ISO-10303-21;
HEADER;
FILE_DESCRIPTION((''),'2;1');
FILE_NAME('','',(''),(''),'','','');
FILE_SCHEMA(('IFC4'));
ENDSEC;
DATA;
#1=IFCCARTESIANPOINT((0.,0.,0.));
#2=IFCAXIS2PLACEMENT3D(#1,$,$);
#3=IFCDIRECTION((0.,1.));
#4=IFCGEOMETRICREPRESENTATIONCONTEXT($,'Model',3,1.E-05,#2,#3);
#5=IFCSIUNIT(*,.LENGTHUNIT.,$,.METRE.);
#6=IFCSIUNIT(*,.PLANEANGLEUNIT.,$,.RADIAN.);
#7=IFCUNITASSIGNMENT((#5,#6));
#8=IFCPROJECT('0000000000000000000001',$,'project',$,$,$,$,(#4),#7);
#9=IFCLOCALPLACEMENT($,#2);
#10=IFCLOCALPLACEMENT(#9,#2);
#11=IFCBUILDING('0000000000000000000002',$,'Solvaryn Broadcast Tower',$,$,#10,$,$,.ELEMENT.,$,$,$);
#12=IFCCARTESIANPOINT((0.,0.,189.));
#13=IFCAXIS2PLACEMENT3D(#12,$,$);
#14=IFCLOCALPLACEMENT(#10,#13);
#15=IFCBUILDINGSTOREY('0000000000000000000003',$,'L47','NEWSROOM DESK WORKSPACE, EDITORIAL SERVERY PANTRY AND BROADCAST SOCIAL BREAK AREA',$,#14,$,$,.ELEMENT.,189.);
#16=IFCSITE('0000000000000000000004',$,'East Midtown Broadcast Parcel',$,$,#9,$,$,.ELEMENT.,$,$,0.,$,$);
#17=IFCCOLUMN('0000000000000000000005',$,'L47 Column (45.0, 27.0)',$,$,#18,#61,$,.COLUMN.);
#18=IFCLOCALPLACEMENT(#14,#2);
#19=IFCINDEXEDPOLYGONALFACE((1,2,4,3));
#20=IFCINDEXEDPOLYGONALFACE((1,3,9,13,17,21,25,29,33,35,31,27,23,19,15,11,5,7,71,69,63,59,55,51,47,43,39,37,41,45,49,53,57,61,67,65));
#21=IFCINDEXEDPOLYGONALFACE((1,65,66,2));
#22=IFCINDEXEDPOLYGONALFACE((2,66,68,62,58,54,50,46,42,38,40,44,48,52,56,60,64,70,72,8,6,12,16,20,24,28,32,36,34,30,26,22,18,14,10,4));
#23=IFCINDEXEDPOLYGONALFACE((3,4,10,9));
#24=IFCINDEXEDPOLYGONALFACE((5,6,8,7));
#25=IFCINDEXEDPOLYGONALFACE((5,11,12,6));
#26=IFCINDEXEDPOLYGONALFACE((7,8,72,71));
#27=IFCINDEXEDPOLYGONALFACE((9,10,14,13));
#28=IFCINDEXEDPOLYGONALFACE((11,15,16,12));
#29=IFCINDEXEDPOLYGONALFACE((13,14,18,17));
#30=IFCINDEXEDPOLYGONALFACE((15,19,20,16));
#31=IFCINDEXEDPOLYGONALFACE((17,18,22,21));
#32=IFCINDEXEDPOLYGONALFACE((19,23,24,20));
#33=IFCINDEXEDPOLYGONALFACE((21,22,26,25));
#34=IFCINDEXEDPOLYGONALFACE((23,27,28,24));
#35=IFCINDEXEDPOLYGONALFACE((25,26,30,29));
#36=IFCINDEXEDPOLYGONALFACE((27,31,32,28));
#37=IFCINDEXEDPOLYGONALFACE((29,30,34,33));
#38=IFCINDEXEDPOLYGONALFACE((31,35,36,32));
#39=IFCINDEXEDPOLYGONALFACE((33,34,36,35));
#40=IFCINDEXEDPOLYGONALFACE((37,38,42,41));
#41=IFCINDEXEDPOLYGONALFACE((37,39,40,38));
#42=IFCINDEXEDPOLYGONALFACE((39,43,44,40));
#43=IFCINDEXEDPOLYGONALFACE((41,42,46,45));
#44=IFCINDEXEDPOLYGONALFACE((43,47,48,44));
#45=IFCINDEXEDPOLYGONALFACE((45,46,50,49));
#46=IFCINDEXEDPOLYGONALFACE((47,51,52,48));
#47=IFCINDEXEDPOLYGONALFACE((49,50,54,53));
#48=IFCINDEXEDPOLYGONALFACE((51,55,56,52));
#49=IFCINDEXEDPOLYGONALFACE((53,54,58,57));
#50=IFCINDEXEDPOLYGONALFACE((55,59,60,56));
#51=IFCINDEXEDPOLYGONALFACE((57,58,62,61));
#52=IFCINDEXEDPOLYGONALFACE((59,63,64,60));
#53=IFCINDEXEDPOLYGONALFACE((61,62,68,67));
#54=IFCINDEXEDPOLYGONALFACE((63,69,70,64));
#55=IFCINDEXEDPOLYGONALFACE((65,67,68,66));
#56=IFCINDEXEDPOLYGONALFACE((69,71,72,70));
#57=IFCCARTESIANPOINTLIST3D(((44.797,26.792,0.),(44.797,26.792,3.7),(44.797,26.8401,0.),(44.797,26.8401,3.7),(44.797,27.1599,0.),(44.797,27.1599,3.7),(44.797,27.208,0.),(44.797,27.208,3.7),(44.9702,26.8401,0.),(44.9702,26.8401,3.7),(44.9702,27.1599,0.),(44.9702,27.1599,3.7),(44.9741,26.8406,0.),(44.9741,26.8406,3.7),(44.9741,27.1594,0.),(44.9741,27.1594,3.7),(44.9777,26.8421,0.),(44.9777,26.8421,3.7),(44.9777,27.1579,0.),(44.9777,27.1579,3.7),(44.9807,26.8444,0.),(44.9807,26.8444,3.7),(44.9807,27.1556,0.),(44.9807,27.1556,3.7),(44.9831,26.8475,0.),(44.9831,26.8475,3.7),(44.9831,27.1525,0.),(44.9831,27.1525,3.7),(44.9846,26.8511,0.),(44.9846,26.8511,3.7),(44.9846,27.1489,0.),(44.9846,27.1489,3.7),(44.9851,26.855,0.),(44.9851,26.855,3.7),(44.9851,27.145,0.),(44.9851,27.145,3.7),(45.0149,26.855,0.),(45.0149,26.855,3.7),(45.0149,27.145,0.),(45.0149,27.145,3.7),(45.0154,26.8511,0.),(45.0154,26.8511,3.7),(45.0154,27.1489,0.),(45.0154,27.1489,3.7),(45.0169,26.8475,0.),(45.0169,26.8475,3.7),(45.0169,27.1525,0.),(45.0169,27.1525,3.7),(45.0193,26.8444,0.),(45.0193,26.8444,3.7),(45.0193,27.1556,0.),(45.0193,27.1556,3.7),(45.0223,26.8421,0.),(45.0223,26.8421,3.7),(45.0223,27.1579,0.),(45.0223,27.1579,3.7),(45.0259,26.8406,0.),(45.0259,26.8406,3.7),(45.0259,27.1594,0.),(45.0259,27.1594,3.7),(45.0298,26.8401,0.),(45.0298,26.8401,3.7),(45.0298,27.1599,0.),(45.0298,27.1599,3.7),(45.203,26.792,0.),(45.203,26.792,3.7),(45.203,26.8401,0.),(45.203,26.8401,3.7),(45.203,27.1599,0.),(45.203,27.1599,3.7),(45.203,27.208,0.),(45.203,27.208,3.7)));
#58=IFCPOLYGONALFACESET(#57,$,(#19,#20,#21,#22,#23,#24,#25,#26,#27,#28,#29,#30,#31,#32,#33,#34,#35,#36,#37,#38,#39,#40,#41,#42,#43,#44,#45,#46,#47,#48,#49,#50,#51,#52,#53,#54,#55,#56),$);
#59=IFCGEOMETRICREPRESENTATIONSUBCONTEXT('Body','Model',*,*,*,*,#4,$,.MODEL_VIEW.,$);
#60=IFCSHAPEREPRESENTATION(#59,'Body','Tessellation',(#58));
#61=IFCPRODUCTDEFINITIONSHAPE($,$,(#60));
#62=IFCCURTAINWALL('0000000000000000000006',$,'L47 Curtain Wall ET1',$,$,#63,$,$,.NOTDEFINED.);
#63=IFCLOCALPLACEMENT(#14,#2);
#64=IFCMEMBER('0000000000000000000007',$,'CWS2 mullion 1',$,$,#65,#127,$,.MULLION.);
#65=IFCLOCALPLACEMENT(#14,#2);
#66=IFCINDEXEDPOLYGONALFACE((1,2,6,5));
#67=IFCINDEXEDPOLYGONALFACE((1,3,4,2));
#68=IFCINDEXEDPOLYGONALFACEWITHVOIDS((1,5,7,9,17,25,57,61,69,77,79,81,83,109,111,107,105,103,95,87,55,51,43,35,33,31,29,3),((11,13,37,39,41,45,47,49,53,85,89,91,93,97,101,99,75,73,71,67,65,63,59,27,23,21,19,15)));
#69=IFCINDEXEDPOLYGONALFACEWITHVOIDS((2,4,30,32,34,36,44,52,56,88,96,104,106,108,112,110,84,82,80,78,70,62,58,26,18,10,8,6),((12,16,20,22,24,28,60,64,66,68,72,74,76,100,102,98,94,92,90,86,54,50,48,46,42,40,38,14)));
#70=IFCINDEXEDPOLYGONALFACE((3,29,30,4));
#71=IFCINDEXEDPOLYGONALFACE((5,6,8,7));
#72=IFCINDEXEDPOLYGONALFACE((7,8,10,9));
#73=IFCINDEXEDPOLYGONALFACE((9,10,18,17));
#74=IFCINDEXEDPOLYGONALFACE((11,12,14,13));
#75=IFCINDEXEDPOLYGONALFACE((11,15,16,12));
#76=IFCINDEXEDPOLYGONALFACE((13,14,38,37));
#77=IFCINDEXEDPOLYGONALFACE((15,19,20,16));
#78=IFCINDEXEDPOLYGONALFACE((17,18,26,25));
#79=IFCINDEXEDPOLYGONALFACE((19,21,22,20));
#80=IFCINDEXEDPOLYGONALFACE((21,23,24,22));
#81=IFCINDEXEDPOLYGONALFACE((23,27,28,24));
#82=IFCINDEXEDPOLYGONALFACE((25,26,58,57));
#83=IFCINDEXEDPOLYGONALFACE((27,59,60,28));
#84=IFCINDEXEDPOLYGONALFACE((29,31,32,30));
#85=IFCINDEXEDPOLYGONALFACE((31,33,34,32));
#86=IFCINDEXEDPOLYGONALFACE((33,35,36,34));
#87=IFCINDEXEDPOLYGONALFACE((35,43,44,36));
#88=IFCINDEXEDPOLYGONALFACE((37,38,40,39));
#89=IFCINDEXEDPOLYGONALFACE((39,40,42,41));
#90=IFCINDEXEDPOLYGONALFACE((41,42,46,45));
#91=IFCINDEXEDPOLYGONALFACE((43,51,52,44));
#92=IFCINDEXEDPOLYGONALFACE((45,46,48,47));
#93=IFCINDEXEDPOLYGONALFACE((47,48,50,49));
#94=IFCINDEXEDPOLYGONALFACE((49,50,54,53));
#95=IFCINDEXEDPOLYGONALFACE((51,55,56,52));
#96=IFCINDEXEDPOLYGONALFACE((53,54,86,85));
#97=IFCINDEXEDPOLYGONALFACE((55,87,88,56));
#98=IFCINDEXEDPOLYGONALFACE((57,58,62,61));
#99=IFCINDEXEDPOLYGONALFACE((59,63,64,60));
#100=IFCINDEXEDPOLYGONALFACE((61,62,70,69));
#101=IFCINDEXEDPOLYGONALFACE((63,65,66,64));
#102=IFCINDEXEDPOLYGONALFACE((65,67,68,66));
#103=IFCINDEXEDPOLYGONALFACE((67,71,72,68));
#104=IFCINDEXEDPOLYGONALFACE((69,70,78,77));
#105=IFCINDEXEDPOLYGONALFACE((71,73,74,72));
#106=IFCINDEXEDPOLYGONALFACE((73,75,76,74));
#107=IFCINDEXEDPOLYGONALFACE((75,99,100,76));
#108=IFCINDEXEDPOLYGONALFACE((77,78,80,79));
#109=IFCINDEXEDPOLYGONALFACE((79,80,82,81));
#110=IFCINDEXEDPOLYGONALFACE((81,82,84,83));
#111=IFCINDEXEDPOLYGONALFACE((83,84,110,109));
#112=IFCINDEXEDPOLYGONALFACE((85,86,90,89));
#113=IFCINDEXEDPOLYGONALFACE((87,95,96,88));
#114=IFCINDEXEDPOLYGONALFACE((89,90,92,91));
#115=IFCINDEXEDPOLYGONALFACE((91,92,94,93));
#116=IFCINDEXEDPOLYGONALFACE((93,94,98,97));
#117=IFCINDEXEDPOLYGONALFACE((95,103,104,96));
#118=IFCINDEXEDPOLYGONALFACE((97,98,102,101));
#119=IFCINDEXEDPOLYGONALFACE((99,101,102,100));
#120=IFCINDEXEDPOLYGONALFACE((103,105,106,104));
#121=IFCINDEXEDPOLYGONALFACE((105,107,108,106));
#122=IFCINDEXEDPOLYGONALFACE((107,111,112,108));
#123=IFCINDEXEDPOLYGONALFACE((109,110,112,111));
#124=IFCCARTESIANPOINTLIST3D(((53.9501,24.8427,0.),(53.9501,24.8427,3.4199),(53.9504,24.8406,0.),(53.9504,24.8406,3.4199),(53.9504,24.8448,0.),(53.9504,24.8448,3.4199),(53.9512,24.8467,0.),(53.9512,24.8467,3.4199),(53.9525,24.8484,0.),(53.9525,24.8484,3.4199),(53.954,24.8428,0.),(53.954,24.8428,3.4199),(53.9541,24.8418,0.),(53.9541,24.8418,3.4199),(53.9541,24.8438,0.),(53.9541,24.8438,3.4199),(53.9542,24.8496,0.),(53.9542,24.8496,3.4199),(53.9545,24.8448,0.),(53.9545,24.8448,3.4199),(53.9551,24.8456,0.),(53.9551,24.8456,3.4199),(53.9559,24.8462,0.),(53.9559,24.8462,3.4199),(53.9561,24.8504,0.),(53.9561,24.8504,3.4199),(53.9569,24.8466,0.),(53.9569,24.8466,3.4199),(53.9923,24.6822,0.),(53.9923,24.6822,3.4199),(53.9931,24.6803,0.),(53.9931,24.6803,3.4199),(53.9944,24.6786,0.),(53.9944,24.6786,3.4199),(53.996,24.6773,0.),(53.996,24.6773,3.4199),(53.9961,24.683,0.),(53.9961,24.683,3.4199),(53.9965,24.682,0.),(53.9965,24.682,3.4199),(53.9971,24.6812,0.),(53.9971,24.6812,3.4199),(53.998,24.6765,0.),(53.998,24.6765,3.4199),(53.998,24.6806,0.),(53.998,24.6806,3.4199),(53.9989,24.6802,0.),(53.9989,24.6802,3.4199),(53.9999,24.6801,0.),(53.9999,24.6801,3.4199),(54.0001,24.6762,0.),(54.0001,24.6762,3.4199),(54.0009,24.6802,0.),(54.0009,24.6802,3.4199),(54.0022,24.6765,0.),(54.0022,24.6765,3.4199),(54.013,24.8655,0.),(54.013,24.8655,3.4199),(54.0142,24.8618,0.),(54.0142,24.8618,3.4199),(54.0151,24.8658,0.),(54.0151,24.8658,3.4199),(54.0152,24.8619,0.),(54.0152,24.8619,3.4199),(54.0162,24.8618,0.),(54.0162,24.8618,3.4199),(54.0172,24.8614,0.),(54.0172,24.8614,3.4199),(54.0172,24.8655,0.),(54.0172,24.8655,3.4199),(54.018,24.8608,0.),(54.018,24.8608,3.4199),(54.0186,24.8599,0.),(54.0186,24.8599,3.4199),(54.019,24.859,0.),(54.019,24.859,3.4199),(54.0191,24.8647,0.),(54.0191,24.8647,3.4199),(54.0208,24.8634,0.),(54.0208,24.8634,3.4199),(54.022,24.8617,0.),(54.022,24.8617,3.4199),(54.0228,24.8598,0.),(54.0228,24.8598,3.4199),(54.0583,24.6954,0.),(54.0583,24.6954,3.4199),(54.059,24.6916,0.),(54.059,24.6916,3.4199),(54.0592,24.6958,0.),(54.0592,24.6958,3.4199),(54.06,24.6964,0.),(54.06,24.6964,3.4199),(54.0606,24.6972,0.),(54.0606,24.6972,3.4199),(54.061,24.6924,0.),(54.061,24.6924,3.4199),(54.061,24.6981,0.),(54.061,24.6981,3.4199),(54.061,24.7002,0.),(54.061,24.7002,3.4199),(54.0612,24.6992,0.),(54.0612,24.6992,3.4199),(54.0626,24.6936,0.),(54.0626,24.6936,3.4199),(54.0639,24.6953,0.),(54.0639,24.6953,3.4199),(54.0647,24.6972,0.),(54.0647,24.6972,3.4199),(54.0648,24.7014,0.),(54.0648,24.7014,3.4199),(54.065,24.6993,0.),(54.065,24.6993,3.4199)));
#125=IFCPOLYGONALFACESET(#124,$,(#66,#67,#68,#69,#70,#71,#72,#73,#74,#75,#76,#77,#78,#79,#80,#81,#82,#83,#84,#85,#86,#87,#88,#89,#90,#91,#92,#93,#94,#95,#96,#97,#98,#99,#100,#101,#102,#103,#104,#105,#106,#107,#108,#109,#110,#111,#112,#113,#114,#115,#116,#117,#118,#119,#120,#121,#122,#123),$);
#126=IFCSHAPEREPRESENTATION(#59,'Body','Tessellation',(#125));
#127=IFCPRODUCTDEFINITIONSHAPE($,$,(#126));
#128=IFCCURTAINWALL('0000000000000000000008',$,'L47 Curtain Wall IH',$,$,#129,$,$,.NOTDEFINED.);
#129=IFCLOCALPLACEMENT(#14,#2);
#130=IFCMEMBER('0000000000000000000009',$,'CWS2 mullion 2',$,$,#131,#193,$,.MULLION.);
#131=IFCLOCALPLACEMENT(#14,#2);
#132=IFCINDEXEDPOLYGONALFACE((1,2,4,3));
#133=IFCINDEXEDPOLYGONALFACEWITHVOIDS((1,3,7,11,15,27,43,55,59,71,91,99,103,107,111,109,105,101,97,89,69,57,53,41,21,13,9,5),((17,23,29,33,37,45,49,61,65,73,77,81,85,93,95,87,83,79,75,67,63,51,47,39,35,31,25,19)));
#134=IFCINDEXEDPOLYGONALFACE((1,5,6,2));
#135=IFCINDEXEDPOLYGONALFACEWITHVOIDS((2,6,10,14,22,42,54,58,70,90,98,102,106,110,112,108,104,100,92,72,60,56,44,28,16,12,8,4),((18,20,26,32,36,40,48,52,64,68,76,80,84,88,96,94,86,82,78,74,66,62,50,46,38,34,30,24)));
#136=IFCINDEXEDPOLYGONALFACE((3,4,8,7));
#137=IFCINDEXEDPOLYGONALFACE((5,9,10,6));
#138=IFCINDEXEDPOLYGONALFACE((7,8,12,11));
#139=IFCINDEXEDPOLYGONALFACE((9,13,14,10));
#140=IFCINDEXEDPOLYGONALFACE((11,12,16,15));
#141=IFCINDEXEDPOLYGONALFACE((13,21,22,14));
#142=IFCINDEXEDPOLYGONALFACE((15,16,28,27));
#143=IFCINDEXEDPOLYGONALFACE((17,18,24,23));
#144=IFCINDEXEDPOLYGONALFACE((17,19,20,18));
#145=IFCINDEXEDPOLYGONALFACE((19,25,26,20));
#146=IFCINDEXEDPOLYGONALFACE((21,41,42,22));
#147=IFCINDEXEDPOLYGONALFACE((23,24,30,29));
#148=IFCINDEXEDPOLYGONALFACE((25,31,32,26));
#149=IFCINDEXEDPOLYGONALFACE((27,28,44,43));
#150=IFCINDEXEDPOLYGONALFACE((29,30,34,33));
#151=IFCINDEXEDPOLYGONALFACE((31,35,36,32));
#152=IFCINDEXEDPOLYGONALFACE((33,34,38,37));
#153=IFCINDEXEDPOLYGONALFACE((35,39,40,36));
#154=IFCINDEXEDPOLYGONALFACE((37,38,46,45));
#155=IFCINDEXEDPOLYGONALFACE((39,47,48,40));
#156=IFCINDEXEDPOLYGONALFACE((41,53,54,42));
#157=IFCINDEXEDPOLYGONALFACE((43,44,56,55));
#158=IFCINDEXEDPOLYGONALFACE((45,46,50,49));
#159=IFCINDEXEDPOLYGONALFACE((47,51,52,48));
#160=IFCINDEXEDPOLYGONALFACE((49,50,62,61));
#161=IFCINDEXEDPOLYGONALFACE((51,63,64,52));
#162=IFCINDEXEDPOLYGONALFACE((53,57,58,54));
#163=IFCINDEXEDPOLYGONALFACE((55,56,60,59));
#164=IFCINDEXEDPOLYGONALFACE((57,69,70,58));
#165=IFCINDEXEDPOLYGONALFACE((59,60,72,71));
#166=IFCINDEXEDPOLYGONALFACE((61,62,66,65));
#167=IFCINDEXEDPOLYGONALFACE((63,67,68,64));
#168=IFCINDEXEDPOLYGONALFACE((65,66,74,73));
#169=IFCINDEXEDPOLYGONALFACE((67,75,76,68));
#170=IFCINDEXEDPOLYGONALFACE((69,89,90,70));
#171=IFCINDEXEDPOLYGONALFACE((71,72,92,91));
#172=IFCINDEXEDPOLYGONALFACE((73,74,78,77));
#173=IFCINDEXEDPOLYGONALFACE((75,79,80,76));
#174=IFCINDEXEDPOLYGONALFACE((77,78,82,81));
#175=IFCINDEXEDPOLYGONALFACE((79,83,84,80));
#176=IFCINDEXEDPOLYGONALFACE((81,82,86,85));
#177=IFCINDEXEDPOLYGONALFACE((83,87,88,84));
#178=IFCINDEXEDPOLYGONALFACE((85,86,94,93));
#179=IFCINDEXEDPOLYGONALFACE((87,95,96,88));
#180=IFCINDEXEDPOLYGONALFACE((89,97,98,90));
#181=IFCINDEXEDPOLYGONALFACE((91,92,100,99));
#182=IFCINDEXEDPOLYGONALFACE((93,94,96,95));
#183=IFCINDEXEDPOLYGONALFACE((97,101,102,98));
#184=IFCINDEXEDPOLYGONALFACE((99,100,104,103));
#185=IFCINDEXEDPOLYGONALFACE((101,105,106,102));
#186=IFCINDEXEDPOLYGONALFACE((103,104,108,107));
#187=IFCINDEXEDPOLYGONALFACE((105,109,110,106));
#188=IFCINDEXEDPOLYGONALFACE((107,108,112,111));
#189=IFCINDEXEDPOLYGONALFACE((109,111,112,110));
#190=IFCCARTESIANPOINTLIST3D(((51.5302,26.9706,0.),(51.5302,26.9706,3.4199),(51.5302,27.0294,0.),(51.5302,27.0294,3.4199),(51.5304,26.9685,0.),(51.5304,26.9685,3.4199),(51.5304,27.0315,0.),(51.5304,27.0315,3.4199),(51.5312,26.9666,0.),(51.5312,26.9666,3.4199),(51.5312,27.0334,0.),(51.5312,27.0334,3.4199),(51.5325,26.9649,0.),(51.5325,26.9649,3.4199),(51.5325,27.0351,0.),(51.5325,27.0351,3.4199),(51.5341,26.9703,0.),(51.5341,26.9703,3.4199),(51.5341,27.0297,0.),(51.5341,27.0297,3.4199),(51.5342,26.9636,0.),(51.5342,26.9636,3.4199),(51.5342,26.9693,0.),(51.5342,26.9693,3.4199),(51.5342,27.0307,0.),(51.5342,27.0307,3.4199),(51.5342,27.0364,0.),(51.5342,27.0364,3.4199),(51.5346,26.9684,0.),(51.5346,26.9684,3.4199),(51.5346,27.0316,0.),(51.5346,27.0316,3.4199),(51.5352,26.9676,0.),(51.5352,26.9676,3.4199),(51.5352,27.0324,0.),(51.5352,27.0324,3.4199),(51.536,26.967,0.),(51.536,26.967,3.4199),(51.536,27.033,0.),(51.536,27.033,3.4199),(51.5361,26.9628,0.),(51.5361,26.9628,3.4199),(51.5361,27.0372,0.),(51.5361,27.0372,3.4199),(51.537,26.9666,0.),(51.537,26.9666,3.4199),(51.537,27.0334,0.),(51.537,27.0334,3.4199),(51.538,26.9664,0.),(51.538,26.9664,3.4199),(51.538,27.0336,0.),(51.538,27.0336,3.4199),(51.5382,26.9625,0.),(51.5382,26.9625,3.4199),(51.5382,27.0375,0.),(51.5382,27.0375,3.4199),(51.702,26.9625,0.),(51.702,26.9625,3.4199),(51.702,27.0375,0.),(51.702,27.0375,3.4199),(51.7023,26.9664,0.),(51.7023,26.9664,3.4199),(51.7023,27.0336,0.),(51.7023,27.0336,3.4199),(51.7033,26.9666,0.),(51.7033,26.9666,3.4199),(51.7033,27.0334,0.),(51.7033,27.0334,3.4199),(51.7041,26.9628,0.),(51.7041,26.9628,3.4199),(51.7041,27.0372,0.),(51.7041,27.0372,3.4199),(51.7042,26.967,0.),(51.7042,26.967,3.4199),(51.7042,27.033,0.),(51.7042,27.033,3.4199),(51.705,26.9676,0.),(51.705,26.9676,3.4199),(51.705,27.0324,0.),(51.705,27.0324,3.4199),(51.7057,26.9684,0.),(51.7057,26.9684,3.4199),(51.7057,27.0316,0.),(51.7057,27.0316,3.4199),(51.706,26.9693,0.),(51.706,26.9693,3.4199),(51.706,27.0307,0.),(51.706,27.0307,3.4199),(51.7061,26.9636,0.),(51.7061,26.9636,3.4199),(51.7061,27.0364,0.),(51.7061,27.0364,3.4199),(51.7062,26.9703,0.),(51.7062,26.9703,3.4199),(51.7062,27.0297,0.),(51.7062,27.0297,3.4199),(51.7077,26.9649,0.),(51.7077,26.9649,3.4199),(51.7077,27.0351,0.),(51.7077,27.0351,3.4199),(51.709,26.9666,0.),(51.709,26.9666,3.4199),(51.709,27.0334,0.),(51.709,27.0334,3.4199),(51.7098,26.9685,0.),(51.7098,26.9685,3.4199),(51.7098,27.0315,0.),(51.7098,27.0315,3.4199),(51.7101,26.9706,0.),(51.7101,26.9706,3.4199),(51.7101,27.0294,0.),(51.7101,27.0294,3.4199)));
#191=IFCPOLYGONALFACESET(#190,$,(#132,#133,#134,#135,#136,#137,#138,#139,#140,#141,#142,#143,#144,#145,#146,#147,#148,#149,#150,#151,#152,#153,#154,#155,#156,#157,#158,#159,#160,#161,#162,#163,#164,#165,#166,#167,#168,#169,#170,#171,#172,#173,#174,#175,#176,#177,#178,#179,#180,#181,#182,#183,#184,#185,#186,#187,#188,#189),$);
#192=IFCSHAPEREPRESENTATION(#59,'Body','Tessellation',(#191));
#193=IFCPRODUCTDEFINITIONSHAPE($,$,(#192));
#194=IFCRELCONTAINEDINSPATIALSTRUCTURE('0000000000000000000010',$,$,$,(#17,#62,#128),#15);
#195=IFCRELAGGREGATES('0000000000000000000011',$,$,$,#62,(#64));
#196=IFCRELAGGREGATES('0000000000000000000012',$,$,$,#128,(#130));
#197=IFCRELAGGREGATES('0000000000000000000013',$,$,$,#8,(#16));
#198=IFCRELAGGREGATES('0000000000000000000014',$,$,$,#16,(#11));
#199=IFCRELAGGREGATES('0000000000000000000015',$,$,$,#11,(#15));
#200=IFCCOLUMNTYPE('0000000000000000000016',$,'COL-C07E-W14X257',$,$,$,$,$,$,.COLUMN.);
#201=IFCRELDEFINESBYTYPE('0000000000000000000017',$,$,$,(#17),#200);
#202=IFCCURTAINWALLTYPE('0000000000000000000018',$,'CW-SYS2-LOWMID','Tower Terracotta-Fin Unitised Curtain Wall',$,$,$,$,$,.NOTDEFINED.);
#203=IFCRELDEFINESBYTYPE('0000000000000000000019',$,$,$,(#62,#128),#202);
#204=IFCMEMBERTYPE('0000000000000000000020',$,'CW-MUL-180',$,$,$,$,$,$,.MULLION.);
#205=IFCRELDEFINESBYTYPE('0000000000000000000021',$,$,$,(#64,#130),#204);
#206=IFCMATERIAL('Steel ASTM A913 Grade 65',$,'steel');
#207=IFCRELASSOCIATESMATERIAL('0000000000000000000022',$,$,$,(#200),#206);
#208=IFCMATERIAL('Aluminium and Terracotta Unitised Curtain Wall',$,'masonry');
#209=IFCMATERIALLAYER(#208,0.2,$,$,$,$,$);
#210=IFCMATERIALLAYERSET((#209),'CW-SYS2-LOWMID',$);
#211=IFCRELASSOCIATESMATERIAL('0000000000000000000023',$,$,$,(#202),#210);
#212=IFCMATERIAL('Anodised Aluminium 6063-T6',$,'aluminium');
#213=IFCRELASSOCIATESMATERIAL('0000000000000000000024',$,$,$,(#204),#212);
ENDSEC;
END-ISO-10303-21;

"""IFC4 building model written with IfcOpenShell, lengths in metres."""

from ifc_helpers import new_model, si_unit, direction, frame, origin, origin_2d, place, context, subcontext, project, spatial, hollow_rectangle, i_section, extrude, material, layer, layer_set, material_profile, profile_set, type_object, element, aggregate, save


model = new_model("IFC4")

# Units and contexts
model_context = context("Model", 3, precision=1e-05, world=origin(), true_north=direction((0.0, 1.0)))
body_context = subcontext(model_context, "Body", "Model", "MODEL_VIEW")
ifc_project = project(units=[si_unit("LENGTHUNIT", "METRE"), si_unit("PLANEANGLEUNIT", "RADIAN")], contexts=[model_context])

# Site, building, storey
site_placement = place(None, origin())
site = spatial("IfcSite", under=ifc_project, at=site_placement, Name="East Midtown Broadcast Parcel", CompositionType="ELEMENT", RefElevation=0.0)
building_placement = place(site_placement, origin())
building = spatial("IfcBuilding", under=site, at=building_placement, Name="Solvaryn Broadcast Tower", CompositionType="ELEMENT")
storey_placement = place(building_placement, frame((0.0, 0.0, 189.0)))
storey = spatial("IfcBuildingStorey", under=building, at=storey_placement, Name="L47", Description="NEWSROOM DESK WORKSPACE, EDITORIAL SERVERY PANTRY AND BROADCAST SOCIAL BREAK AREA", CompositionType="ELEMENT", Elevation=189.0)

# Column
ifc_material_1 = material(Name="Steel ASTM A913 Grade 65", Category="steel")
ifc_material_profile_1 = material_profile(ifc_material_1, i_section(OverallWidth=0.406, OverallDepth=0.416, WebThickness=0.0298, FlangeThickness=0.0481, FilletRadius=0.0149, at=origin_2d()))
ifc_profile_set_1 = profile_set([ifc_material_profile_1], Name="Steel ASTM A913 Grade 65")
column_type = type_object("IfcColumnType", Name="COL-C07E-W14X257", PredefinedType="COLUMN", material=ifc_profile_set_1)
column_placement = place(storey_placement, frame((45.0, 27.0, 0.0), z_axis=(0.0, 0.0, 1.0), x_axis=(1.0, 0.0, 0.0)))
element("IfcColumn", 1, at=column_placement, inside=storey, type_object=column_type, Name="L47 Column (45.0, 27.0)", PredefinedType="COLUMN", context=body_context, shape_type="SweptSolid", body=[
    extrude(i_section(OverallWidth=0.406, OverallDepth=0.416, WebThickness=0.0298, FlangeThickness=0.0481, FilletRadius=0.0149, at=origin_2d()), origin(), (0.0, 0.0, 1.0), 3.7),
])

# Curtain walls, members
ifc_material_2 = material(Name="Aluminium and Terracotta Unitised Curtain Wall", Category="masonry")
ifc_layer_1 = layer(ifc_material_2, 0.2)
ifc_layer_set_1 = layer_set([ifc_layer_1], Name="CW-SYS2-LOWMID")
curtain_wall_type = type_object("IfcCurtainWallType", Name="CW-SYS2-LOWMID", Description="Tower Terracotta-Fin Unitised Curtain Wall", PredefinedType="NOTDEFINED", material=ifc_layer_set_1)
curtain_wall_1_placement = place(storey_placement, origin())
curtain_wall_1 = element("IfcCurtainWall", 2, at=curtain_wall_1_placement, inside=storey, type_object=curtain_wall_type, Name="L47 Curtain Wall ET1", PredefinedType="NOTDEFINED")
ifc_material_3 = material(Name="Anodised Aluminium 6063-T6", Category="aluminium")
ifc_material_profile_2 = material_profile(ifc_material_3, hollow_rectangle(XDim=0.075, YDim=0.1799, WallThickness=0.0039, InnerFilletRadius=0.0039, OuterFilletRadius=0.0081, at=origin_2d()))
ifc_profile_set_2 = profile_set([ifc_material_profile_2], Name="Anodised Aluminium 6063-T6")
member_type_1 = type_object("IfcMemberType", Name="CW-MUL-180", PredefinedType="MULLION", material=ifc_profile_set_2)
member_1_placement = place(storey_placement, frame((54.0076, 24.771, 0.0), z_axis=(0.0, 0.0, 1.0), x_axis=(0.966705, 0.255893, 0.0)))
member_1 = element("IfcMember", 3, at=member_1_placement, type_object=member_type_1, Name="CWS2 mullion 1", PredefinedType="MULLION", context=body_context, shape_type="SweptSolid", body=[
    extrude(hollow_rectangle(XDim=0.075, YDim=0.1799, WallThickness=0.0039, InnerFilletRadius=0.0039, OuterFilletRadius=0.0081, at=origin_2d()), origin(), (0.0, 0.0, 1.0), 3.4199),
])
curtain_wall_2_placement = place(storey_placement, origin())
curtain_wall_2 = element("IfcCurtainWall", 4, at=curtain_wall_2_placement, inside=storey, type_object=curtain_wall_type, Name="L47 Curtain Wall IH", PredefinedType="NOTDEFINED")
member_2_placement = place(storey_placement, frame((51.6201, 27.0, 0.0), z_axis=(0.0, 0.0, 1.0), x_axis=(0.0, 1.0, 0.0)))
member_2 = element("IfcMember", 5, at=member_2_placement, type_object=member_type_1, Name="CWS2 mullion 2", PredefinedType="MULLION", context=body_context, shape_type="SweptSolid", body=[
    extrude(hollow_rectangle(XDim=0.075, YDim=0.1799, WallThickness=0.0039, InnerFilletRadius=0.0039, OuterFilletRadius=0.0081, at=origin_2d()), origin(), (0.0, 0.0, 1.0), 3.4199),
])

aggregate(curtain_wall_1, [member_1])
aggregate(curtain_wall_2, [member_2])

save(model, "model.ifc")
